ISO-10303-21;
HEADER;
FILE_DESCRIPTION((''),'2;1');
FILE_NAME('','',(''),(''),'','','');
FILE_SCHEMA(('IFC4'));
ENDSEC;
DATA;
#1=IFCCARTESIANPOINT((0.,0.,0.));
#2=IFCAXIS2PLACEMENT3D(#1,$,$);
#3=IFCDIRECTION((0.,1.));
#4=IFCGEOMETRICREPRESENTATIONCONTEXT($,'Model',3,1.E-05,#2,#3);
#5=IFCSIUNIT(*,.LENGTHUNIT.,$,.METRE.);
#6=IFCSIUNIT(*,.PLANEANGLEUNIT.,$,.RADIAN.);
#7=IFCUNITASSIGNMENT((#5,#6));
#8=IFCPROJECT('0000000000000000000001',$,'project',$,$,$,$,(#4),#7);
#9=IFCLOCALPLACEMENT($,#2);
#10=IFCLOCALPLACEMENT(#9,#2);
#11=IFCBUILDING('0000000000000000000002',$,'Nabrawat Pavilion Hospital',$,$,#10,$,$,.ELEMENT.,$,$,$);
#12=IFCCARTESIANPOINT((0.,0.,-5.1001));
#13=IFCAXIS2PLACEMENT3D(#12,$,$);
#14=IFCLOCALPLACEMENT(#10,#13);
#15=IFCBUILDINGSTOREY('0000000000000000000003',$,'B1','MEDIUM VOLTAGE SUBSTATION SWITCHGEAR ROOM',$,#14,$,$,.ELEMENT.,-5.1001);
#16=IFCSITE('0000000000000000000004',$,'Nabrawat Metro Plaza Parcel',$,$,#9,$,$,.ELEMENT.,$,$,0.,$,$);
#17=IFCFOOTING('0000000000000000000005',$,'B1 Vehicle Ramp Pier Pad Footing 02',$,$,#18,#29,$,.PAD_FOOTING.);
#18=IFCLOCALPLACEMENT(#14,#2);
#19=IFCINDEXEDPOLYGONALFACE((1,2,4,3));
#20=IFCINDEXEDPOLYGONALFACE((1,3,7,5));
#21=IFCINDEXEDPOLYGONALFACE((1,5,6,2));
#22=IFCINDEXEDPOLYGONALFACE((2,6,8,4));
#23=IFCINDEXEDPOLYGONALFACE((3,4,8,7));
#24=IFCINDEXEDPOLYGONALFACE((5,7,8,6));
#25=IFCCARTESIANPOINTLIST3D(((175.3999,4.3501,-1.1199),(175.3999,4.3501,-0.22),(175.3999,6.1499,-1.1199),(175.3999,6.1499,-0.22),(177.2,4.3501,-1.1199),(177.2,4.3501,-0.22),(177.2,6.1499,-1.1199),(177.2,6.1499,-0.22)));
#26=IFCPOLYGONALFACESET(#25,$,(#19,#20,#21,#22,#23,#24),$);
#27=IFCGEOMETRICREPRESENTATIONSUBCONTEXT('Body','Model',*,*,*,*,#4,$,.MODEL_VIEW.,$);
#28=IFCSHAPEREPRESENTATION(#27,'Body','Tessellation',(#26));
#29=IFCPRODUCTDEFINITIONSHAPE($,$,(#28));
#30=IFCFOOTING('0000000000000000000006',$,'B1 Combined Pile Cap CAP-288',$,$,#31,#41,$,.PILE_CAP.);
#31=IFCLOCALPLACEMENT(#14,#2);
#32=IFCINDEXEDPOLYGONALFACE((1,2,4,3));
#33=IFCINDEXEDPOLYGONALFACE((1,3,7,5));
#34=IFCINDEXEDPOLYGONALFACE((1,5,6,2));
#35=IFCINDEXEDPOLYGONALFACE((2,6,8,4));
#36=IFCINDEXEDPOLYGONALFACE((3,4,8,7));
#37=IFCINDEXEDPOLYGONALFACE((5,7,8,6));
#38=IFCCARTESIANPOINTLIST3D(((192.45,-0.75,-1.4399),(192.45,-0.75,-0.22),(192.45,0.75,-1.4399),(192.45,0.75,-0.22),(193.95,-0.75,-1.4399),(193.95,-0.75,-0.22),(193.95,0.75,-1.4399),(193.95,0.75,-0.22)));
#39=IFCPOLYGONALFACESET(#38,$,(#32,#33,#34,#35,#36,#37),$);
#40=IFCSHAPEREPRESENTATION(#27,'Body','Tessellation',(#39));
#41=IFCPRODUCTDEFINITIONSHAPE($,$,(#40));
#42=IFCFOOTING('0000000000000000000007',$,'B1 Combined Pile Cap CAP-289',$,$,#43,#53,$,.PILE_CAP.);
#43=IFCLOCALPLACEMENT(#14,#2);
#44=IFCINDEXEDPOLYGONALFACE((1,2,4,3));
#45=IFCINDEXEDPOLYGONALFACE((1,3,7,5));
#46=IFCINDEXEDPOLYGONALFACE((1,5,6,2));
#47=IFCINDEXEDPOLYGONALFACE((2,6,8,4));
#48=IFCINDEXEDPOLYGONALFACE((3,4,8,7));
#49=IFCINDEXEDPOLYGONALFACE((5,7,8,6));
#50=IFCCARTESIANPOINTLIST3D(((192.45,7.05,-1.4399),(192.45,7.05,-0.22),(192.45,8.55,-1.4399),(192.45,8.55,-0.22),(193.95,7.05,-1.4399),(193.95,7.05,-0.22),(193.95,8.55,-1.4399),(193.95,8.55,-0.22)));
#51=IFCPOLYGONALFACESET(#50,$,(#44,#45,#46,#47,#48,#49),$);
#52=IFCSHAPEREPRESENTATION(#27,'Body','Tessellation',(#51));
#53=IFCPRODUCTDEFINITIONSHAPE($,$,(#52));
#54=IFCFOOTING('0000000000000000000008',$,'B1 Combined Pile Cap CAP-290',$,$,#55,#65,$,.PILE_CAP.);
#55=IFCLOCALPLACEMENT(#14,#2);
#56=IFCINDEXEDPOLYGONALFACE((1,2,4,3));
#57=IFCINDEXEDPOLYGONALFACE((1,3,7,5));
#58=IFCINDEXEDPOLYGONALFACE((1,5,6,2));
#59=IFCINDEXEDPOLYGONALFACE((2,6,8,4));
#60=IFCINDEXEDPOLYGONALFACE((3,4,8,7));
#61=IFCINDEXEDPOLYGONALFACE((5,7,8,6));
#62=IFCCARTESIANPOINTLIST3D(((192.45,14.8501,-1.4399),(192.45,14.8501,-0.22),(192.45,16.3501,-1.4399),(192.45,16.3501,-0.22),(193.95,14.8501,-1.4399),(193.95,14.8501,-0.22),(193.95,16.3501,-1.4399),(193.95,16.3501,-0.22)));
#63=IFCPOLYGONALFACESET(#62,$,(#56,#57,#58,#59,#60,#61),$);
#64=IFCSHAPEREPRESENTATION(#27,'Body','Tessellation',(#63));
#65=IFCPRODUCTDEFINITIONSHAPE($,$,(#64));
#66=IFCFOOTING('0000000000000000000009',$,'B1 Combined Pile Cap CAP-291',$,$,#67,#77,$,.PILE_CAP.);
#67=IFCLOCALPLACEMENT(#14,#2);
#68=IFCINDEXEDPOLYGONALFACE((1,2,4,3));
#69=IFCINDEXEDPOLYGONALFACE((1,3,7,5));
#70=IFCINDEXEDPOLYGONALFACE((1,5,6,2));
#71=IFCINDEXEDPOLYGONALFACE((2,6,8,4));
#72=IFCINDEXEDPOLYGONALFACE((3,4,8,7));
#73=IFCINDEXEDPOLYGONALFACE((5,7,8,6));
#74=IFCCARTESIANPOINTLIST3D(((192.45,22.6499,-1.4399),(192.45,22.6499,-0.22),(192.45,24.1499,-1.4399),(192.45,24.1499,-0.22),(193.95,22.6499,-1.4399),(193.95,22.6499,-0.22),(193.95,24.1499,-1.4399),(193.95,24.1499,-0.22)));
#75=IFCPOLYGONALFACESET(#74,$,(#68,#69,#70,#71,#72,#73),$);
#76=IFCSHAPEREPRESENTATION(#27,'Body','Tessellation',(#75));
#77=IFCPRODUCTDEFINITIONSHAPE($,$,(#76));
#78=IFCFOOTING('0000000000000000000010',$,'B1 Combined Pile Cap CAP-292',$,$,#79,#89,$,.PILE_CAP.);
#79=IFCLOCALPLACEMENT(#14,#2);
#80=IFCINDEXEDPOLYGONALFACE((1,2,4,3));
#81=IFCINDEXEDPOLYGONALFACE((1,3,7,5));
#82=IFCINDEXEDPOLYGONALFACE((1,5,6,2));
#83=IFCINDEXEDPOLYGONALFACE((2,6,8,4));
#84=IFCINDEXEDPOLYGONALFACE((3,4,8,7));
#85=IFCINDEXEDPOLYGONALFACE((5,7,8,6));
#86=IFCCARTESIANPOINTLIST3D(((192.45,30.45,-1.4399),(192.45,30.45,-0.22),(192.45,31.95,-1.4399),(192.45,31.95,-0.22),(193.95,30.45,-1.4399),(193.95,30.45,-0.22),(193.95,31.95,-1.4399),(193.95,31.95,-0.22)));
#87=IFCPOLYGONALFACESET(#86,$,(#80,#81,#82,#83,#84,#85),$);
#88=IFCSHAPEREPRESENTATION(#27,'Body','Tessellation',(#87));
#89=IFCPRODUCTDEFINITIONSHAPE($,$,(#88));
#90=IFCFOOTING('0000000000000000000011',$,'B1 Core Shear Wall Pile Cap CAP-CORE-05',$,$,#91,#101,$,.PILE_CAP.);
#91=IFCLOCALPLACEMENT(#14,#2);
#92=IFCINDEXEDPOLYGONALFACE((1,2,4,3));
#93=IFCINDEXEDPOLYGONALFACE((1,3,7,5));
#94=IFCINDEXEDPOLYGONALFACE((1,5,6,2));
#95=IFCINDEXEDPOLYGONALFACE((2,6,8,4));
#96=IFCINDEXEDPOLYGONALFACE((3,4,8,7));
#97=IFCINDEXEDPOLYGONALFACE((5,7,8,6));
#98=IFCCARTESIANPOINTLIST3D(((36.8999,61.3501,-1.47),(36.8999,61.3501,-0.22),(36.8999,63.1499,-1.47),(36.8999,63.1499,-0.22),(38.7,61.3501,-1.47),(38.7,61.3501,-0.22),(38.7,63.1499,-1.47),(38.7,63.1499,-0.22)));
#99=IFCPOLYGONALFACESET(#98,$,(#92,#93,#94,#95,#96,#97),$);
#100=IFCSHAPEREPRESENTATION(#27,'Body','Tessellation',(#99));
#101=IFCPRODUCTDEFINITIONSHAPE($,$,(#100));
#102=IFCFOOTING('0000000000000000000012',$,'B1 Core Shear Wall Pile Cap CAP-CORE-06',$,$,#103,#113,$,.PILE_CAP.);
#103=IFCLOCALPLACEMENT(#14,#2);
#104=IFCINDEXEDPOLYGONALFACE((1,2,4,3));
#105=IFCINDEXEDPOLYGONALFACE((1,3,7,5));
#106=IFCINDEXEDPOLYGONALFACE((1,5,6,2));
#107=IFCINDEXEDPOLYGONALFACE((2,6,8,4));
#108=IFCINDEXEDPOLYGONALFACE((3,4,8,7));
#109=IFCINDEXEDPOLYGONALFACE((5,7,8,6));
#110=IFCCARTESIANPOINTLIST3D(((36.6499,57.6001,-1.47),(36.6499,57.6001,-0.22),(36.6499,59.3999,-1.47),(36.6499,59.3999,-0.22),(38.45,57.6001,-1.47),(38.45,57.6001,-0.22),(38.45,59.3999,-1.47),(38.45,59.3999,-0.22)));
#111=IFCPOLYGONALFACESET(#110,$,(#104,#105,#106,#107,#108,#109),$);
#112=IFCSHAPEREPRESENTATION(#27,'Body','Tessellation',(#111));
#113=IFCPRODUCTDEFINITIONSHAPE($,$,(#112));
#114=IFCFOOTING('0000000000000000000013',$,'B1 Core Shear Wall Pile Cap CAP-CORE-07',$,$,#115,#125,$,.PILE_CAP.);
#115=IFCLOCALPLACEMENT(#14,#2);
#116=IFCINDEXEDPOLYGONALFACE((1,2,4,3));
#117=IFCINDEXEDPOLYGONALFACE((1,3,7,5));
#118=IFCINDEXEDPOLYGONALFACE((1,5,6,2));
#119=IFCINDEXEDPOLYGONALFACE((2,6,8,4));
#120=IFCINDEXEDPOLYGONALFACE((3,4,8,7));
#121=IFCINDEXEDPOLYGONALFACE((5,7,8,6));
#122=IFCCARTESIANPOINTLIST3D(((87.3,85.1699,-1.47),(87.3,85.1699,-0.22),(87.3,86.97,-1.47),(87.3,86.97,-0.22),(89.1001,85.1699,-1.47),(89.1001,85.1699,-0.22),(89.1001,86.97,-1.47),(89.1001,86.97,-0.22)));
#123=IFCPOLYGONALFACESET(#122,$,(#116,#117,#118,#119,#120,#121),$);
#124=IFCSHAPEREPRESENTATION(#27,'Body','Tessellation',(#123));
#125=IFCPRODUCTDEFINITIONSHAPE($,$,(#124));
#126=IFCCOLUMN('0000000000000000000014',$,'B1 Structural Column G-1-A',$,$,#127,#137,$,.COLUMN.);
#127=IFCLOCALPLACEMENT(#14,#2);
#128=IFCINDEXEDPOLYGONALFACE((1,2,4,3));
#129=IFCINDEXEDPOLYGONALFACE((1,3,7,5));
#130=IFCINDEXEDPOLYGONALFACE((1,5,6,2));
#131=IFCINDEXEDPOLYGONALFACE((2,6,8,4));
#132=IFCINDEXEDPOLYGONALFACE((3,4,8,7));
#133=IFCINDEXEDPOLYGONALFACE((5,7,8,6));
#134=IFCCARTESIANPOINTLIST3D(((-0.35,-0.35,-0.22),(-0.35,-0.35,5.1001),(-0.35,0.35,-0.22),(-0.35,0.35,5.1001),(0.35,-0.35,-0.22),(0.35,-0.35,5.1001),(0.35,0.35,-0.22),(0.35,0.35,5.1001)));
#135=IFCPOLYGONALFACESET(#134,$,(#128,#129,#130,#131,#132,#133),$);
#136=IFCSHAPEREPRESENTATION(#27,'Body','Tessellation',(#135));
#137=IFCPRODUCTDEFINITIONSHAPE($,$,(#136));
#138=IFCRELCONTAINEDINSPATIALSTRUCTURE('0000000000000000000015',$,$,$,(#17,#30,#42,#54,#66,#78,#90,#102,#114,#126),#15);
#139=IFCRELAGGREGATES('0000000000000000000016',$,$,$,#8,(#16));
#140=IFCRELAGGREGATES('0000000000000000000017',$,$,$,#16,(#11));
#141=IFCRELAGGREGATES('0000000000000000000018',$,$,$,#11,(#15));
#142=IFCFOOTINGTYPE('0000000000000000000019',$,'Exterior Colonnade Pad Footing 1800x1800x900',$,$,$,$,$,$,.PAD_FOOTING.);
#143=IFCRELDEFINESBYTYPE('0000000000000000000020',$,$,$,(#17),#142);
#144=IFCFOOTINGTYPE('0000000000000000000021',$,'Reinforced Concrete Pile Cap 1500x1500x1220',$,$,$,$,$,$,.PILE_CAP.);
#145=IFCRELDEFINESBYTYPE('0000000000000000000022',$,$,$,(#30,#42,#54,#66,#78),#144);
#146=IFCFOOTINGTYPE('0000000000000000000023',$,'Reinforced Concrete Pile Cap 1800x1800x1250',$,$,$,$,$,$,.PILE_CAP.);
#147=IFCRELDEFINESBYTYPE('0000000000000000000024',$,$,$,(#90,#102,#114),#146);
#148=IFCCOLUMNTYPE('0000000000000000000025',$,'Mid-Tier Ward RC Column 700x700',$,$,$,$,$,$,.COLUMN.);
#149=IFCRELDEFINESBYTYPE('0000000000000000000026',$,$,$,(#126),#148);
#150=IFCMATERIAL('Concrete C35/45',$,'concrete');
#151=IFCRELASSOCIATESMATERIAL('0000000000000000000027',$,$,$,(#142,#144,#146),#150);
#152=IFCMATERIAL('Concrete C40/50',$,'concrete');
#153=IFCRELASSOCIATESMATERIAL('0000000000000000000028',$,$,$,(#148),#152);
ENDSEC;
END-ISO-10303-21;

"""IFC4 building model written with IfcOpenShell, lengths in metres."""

from ifc_helpers import new_model, si_unit, direction, frame, origin, origin_2d, place, context, subcontext, project, spatial, polyline, rectangle, outline, extrude, material, material_profile, profile_set, type_object, element, save


model = new_model("IFC4")

# Units and contexts
model_context = context("Model", 3, precision=1e-05, world=origin(), true_north=direction((0.0, 1.0)))
body_context = subcontext(model_context, "Body", "Model", "MODEL_VIEW")
ifc_project = project(units=[si_unit("LENGTHUNIT", "METRE"), si_unit("PLANEANGLEUNIT", "RADIAN")], contexts=[model_context])

# Site, building, storey
site_placement = place(None, origin())
site = spatial("IfcSite", under=ifc_project, at=site_placement, Name="Nabrawat Metro Plaza Parcel", CompositionType="ELEMENT", RefElevation=0.0)
building_placement = place(site_placement, origin())
building = spatial("IfcBuilding", under=site, at=building_placement, Name="Nabrawat Pavilion Hospital", CompositionType="ELEMENT")
storey_placement = place(building_placement, frame((0.0, 0.0, -5.1001)))
storey = spatial("IfcBuildingStorey", under=building, at=storey_placement, Name="B1", Description="MEDIUM VOLTAGE SUBSTATION SWITCHGEAR ROOM", CompositionType="ELEMENT", Elevation=-5.1001)

# Footings
ifc_material_1 = material(Name="Concrete C35/45", Category="concrete")
footing_type_1 = type_object("IfcFootingType", Name="Exterior Colonnade Pad Footing 1800x1800x900", PredefinedType="PAD_FOOTING", material=ifc_material_1)
footing_1_placement = place(storey_placement, frame((0.0, 0.0, -1.1199)))
element("IfcFooting", 1, at=footing_1_placement, inside=storey, type_object=footing_type_1, Name="B1 Vehicle Ramp Pier Pad Footing 02", PredefinedType="PAD_FOOTING", context=body_context, shape_type="SweptSolid", body=[
    extrude(outline(polyline([(177.2, 4.3501), (177.2, 6.1499), (175.3999, 6.1499), (175.3999, 4.3501), (177.2, 4.3501)])), origin(), (0.0, 0.0, 1.0), 0.8999),
])
footing_type_2 = type_object("IfcFootingType", Name="Reinforced Concrete Pile Cap 1500x1500x1220", PredefinedType="PILE_CAP", material=ifc_material_1)
footing_2_placement = place(storey_placement, frame((0.0, 0.0, -1.4399)))
element("IfcFooting", 2, at=footing_2_placement, inside=storey, type_object=footing_type_2, Name="B1 Combined Pile Cap CAP-288", PredefinedType="PILE_CAP", context=body_context, shape_type="SweptSolid", body=[
    extrude(outline(polyline([(193.95, -0.75), (193.95, 0.75), (192.45, 0.75), (192.45, -0.75), (193.95, -0.75)])), origin(), (0.0, 0.0, 1.0), 1.22),
])
footing_3_placement = place(storey_placement, frame((0.0, 0.0, -1.4399)))
element("IfcFooting", 3, at=footing_3_placement, inside=storey, type_object=footing_type_2, Name="B1 Combined Pile Cap CAP-289", PredefinedType="PILE_CAP", context=body_context, shape_type="SweptSolid", body=[
    extrude(outline(polyline([(193.95, 7.05), (193.95, 8.55), (192.45, 8.55), (192.45, 7.05), (193.95, 7.05)])), origin(), (0.0, 0.0, 1.0), 1.22),
])
footing_4_placement = place(storey_placement, frame((0.0, 0.0, -1.4399)))
element("IfcFooting", 4, at=footing_4_placement, inside=storey, type_object=footing_type_2, Name="B1 Combined Pile Cap CAP-290", PredefinedType="PILE_CAP", context=body_context, shape_type="SweptSolid", body=[
    extrude(outline(polyline([(193.95, 14.8501), (193.95, 16.3501), (192.45, 16.3501), (192.45, 14.8501), (193.95, 14.8501)])), origin(), (0.0, 0.0, 1.0), 1.22),
])
footing_5_placement = place(storey_placement, frame((0.0, 0.0, -1.4399)))
element("IfcFooting", 5, at=footing_5_placement, inside=storey, type_object=footing_type_2, Name="B1 Combined Pile Cap CAP-291", PredefinedType="PILE_CAP", context=body_context, shape_type="SweptSolid", body=[
    extrude(outline(polyline([(193.95, 22.6499), (193.95, 24.1499), (192.45, 24.1499), (192.45, 22.6499), (193.95, 22.6499)])), origin(), (0.0, 0.0, 1.0), 1.22),
])
footing_6_placement = place(storey_placement, frame((0.0, 0.0, -1.4399)))
element("IfcFooting", 6, at=footing_6_placement, inside=storey, type_object=footing_type_2, Name="B1 Combined Pile Cap CAP-292", PredefinedType="PILE_CAP", context=body_context, shape_type="SweptSolid", body=[
    extrude(outline(polyline([(193.95, 30.45), (193.95, 31.95), (192.45, 31.95), (192.45, 30.45), (193.95, 30.45)])), origin(), (0.0, 0.0, 1.0), 1.22),
])
footing_type_3 = type_object("IfcFootingType", Name="Reinforced Concrete Pile Cap 1800x1800x1250", PredefinedType="PILE_CAP", material=ifc_material_1)
footing_7_placement = place(storey_placement, frame((0.0, 0.0, -1.47)))
element("IfcFooting", 7, at=footing_7_placement, inside=storey, type_object=footing_type_3, Name="B1 Core Shear Wall Pile Cap CAP-CORE-05", PredefinedType="PILE_CAP", context=body_context, shape_type="SweptSolid", body=[
    extrude(outline(polyline([(38.7, 61.3501), (38.7, 63.1499), (36.8999, 63.1499), (36.8999, 61.3501), (38.7, 61.3501)])), origin(), (0.0, 0.0, 1.0), 1.25),
])
footing_8_placement = place(storey_placement, frame((0.0, 0.0, -1.47)))
element("IfcFooting", 8, at=footing_8_placement, inside=storey, type_object=footing_type_3, Name="B1 Core Shear Wall Pile Cap CAP-CORE-06", PredefinedType="PILE_CAP", context=body_context, shape_type="SweptSolid", body=[
    extrude(outline(polyline([(38.45, 57.6001), (38.45, 59.3999), (36.6499, 59.3999), (36.6499, 57.6001), (38.45, 57.6001)])), origin(), (0.0, 0.0, 1.0), 1.25),
])
footing_9_placement = place(storey_placement, frame((0.0, 0.0, -1.47)))
element("IfcFooting", 9, at=footing_9_placement, inside=storey, type_object=footing_type_3, Name="B1 Core Shear Wall Pile Cap CAP-CORE-07", PredefinedType="PILE_CAP", context=body_context, shape_type="SweptSolid", body=[
    extrude(outline(polyline([(89.1001, 85.1699), (89.1001, 86.97), (87.3, 86.97), (87.3, 85.1699), (89.1001, 85.1699)])), origin(), (0.0, 0.0, 1.0), 1.25),
])

# Column
ifc_material_2 = material(Name="Concrete C40/50", Category="concrete")
ifc_material_profile = material_profile(ifc_material_2, rectangle(XDim=0.7, YDim=0.7, at=origin_2d()), Name="RC 700x700")
ifc_profile_set = profile_set([ifc_material_profile], Name="Concrete C40/50")
column_type = type_object("IfcColumnType", Name="Mid-Tier Ward RC Column 700x700", PredefinedType="COLUMN", material=ifc_profile_set)
column_placement = place(storey_placement, frame((0.0, 0.0, -0.22), z_axis=(0.0, 0.0, 1.0), x_axis=(1.0, 0.0, 0.0)))
element("IfcColumn", 10, at=column_placement, inside=storey, type_object=column_type, Name="B1 Structural Column G-1-A", PredefinedType="COLUMN", context=body_context, shape_type="SweptSolid", body=[
    extrude(rectangle(XDim=0.7, YDim=0.7, at=origin_2d()), origin(), (0.0, 0.0, 1.0), 5.3201),
])

save(model, "model.ifc")
